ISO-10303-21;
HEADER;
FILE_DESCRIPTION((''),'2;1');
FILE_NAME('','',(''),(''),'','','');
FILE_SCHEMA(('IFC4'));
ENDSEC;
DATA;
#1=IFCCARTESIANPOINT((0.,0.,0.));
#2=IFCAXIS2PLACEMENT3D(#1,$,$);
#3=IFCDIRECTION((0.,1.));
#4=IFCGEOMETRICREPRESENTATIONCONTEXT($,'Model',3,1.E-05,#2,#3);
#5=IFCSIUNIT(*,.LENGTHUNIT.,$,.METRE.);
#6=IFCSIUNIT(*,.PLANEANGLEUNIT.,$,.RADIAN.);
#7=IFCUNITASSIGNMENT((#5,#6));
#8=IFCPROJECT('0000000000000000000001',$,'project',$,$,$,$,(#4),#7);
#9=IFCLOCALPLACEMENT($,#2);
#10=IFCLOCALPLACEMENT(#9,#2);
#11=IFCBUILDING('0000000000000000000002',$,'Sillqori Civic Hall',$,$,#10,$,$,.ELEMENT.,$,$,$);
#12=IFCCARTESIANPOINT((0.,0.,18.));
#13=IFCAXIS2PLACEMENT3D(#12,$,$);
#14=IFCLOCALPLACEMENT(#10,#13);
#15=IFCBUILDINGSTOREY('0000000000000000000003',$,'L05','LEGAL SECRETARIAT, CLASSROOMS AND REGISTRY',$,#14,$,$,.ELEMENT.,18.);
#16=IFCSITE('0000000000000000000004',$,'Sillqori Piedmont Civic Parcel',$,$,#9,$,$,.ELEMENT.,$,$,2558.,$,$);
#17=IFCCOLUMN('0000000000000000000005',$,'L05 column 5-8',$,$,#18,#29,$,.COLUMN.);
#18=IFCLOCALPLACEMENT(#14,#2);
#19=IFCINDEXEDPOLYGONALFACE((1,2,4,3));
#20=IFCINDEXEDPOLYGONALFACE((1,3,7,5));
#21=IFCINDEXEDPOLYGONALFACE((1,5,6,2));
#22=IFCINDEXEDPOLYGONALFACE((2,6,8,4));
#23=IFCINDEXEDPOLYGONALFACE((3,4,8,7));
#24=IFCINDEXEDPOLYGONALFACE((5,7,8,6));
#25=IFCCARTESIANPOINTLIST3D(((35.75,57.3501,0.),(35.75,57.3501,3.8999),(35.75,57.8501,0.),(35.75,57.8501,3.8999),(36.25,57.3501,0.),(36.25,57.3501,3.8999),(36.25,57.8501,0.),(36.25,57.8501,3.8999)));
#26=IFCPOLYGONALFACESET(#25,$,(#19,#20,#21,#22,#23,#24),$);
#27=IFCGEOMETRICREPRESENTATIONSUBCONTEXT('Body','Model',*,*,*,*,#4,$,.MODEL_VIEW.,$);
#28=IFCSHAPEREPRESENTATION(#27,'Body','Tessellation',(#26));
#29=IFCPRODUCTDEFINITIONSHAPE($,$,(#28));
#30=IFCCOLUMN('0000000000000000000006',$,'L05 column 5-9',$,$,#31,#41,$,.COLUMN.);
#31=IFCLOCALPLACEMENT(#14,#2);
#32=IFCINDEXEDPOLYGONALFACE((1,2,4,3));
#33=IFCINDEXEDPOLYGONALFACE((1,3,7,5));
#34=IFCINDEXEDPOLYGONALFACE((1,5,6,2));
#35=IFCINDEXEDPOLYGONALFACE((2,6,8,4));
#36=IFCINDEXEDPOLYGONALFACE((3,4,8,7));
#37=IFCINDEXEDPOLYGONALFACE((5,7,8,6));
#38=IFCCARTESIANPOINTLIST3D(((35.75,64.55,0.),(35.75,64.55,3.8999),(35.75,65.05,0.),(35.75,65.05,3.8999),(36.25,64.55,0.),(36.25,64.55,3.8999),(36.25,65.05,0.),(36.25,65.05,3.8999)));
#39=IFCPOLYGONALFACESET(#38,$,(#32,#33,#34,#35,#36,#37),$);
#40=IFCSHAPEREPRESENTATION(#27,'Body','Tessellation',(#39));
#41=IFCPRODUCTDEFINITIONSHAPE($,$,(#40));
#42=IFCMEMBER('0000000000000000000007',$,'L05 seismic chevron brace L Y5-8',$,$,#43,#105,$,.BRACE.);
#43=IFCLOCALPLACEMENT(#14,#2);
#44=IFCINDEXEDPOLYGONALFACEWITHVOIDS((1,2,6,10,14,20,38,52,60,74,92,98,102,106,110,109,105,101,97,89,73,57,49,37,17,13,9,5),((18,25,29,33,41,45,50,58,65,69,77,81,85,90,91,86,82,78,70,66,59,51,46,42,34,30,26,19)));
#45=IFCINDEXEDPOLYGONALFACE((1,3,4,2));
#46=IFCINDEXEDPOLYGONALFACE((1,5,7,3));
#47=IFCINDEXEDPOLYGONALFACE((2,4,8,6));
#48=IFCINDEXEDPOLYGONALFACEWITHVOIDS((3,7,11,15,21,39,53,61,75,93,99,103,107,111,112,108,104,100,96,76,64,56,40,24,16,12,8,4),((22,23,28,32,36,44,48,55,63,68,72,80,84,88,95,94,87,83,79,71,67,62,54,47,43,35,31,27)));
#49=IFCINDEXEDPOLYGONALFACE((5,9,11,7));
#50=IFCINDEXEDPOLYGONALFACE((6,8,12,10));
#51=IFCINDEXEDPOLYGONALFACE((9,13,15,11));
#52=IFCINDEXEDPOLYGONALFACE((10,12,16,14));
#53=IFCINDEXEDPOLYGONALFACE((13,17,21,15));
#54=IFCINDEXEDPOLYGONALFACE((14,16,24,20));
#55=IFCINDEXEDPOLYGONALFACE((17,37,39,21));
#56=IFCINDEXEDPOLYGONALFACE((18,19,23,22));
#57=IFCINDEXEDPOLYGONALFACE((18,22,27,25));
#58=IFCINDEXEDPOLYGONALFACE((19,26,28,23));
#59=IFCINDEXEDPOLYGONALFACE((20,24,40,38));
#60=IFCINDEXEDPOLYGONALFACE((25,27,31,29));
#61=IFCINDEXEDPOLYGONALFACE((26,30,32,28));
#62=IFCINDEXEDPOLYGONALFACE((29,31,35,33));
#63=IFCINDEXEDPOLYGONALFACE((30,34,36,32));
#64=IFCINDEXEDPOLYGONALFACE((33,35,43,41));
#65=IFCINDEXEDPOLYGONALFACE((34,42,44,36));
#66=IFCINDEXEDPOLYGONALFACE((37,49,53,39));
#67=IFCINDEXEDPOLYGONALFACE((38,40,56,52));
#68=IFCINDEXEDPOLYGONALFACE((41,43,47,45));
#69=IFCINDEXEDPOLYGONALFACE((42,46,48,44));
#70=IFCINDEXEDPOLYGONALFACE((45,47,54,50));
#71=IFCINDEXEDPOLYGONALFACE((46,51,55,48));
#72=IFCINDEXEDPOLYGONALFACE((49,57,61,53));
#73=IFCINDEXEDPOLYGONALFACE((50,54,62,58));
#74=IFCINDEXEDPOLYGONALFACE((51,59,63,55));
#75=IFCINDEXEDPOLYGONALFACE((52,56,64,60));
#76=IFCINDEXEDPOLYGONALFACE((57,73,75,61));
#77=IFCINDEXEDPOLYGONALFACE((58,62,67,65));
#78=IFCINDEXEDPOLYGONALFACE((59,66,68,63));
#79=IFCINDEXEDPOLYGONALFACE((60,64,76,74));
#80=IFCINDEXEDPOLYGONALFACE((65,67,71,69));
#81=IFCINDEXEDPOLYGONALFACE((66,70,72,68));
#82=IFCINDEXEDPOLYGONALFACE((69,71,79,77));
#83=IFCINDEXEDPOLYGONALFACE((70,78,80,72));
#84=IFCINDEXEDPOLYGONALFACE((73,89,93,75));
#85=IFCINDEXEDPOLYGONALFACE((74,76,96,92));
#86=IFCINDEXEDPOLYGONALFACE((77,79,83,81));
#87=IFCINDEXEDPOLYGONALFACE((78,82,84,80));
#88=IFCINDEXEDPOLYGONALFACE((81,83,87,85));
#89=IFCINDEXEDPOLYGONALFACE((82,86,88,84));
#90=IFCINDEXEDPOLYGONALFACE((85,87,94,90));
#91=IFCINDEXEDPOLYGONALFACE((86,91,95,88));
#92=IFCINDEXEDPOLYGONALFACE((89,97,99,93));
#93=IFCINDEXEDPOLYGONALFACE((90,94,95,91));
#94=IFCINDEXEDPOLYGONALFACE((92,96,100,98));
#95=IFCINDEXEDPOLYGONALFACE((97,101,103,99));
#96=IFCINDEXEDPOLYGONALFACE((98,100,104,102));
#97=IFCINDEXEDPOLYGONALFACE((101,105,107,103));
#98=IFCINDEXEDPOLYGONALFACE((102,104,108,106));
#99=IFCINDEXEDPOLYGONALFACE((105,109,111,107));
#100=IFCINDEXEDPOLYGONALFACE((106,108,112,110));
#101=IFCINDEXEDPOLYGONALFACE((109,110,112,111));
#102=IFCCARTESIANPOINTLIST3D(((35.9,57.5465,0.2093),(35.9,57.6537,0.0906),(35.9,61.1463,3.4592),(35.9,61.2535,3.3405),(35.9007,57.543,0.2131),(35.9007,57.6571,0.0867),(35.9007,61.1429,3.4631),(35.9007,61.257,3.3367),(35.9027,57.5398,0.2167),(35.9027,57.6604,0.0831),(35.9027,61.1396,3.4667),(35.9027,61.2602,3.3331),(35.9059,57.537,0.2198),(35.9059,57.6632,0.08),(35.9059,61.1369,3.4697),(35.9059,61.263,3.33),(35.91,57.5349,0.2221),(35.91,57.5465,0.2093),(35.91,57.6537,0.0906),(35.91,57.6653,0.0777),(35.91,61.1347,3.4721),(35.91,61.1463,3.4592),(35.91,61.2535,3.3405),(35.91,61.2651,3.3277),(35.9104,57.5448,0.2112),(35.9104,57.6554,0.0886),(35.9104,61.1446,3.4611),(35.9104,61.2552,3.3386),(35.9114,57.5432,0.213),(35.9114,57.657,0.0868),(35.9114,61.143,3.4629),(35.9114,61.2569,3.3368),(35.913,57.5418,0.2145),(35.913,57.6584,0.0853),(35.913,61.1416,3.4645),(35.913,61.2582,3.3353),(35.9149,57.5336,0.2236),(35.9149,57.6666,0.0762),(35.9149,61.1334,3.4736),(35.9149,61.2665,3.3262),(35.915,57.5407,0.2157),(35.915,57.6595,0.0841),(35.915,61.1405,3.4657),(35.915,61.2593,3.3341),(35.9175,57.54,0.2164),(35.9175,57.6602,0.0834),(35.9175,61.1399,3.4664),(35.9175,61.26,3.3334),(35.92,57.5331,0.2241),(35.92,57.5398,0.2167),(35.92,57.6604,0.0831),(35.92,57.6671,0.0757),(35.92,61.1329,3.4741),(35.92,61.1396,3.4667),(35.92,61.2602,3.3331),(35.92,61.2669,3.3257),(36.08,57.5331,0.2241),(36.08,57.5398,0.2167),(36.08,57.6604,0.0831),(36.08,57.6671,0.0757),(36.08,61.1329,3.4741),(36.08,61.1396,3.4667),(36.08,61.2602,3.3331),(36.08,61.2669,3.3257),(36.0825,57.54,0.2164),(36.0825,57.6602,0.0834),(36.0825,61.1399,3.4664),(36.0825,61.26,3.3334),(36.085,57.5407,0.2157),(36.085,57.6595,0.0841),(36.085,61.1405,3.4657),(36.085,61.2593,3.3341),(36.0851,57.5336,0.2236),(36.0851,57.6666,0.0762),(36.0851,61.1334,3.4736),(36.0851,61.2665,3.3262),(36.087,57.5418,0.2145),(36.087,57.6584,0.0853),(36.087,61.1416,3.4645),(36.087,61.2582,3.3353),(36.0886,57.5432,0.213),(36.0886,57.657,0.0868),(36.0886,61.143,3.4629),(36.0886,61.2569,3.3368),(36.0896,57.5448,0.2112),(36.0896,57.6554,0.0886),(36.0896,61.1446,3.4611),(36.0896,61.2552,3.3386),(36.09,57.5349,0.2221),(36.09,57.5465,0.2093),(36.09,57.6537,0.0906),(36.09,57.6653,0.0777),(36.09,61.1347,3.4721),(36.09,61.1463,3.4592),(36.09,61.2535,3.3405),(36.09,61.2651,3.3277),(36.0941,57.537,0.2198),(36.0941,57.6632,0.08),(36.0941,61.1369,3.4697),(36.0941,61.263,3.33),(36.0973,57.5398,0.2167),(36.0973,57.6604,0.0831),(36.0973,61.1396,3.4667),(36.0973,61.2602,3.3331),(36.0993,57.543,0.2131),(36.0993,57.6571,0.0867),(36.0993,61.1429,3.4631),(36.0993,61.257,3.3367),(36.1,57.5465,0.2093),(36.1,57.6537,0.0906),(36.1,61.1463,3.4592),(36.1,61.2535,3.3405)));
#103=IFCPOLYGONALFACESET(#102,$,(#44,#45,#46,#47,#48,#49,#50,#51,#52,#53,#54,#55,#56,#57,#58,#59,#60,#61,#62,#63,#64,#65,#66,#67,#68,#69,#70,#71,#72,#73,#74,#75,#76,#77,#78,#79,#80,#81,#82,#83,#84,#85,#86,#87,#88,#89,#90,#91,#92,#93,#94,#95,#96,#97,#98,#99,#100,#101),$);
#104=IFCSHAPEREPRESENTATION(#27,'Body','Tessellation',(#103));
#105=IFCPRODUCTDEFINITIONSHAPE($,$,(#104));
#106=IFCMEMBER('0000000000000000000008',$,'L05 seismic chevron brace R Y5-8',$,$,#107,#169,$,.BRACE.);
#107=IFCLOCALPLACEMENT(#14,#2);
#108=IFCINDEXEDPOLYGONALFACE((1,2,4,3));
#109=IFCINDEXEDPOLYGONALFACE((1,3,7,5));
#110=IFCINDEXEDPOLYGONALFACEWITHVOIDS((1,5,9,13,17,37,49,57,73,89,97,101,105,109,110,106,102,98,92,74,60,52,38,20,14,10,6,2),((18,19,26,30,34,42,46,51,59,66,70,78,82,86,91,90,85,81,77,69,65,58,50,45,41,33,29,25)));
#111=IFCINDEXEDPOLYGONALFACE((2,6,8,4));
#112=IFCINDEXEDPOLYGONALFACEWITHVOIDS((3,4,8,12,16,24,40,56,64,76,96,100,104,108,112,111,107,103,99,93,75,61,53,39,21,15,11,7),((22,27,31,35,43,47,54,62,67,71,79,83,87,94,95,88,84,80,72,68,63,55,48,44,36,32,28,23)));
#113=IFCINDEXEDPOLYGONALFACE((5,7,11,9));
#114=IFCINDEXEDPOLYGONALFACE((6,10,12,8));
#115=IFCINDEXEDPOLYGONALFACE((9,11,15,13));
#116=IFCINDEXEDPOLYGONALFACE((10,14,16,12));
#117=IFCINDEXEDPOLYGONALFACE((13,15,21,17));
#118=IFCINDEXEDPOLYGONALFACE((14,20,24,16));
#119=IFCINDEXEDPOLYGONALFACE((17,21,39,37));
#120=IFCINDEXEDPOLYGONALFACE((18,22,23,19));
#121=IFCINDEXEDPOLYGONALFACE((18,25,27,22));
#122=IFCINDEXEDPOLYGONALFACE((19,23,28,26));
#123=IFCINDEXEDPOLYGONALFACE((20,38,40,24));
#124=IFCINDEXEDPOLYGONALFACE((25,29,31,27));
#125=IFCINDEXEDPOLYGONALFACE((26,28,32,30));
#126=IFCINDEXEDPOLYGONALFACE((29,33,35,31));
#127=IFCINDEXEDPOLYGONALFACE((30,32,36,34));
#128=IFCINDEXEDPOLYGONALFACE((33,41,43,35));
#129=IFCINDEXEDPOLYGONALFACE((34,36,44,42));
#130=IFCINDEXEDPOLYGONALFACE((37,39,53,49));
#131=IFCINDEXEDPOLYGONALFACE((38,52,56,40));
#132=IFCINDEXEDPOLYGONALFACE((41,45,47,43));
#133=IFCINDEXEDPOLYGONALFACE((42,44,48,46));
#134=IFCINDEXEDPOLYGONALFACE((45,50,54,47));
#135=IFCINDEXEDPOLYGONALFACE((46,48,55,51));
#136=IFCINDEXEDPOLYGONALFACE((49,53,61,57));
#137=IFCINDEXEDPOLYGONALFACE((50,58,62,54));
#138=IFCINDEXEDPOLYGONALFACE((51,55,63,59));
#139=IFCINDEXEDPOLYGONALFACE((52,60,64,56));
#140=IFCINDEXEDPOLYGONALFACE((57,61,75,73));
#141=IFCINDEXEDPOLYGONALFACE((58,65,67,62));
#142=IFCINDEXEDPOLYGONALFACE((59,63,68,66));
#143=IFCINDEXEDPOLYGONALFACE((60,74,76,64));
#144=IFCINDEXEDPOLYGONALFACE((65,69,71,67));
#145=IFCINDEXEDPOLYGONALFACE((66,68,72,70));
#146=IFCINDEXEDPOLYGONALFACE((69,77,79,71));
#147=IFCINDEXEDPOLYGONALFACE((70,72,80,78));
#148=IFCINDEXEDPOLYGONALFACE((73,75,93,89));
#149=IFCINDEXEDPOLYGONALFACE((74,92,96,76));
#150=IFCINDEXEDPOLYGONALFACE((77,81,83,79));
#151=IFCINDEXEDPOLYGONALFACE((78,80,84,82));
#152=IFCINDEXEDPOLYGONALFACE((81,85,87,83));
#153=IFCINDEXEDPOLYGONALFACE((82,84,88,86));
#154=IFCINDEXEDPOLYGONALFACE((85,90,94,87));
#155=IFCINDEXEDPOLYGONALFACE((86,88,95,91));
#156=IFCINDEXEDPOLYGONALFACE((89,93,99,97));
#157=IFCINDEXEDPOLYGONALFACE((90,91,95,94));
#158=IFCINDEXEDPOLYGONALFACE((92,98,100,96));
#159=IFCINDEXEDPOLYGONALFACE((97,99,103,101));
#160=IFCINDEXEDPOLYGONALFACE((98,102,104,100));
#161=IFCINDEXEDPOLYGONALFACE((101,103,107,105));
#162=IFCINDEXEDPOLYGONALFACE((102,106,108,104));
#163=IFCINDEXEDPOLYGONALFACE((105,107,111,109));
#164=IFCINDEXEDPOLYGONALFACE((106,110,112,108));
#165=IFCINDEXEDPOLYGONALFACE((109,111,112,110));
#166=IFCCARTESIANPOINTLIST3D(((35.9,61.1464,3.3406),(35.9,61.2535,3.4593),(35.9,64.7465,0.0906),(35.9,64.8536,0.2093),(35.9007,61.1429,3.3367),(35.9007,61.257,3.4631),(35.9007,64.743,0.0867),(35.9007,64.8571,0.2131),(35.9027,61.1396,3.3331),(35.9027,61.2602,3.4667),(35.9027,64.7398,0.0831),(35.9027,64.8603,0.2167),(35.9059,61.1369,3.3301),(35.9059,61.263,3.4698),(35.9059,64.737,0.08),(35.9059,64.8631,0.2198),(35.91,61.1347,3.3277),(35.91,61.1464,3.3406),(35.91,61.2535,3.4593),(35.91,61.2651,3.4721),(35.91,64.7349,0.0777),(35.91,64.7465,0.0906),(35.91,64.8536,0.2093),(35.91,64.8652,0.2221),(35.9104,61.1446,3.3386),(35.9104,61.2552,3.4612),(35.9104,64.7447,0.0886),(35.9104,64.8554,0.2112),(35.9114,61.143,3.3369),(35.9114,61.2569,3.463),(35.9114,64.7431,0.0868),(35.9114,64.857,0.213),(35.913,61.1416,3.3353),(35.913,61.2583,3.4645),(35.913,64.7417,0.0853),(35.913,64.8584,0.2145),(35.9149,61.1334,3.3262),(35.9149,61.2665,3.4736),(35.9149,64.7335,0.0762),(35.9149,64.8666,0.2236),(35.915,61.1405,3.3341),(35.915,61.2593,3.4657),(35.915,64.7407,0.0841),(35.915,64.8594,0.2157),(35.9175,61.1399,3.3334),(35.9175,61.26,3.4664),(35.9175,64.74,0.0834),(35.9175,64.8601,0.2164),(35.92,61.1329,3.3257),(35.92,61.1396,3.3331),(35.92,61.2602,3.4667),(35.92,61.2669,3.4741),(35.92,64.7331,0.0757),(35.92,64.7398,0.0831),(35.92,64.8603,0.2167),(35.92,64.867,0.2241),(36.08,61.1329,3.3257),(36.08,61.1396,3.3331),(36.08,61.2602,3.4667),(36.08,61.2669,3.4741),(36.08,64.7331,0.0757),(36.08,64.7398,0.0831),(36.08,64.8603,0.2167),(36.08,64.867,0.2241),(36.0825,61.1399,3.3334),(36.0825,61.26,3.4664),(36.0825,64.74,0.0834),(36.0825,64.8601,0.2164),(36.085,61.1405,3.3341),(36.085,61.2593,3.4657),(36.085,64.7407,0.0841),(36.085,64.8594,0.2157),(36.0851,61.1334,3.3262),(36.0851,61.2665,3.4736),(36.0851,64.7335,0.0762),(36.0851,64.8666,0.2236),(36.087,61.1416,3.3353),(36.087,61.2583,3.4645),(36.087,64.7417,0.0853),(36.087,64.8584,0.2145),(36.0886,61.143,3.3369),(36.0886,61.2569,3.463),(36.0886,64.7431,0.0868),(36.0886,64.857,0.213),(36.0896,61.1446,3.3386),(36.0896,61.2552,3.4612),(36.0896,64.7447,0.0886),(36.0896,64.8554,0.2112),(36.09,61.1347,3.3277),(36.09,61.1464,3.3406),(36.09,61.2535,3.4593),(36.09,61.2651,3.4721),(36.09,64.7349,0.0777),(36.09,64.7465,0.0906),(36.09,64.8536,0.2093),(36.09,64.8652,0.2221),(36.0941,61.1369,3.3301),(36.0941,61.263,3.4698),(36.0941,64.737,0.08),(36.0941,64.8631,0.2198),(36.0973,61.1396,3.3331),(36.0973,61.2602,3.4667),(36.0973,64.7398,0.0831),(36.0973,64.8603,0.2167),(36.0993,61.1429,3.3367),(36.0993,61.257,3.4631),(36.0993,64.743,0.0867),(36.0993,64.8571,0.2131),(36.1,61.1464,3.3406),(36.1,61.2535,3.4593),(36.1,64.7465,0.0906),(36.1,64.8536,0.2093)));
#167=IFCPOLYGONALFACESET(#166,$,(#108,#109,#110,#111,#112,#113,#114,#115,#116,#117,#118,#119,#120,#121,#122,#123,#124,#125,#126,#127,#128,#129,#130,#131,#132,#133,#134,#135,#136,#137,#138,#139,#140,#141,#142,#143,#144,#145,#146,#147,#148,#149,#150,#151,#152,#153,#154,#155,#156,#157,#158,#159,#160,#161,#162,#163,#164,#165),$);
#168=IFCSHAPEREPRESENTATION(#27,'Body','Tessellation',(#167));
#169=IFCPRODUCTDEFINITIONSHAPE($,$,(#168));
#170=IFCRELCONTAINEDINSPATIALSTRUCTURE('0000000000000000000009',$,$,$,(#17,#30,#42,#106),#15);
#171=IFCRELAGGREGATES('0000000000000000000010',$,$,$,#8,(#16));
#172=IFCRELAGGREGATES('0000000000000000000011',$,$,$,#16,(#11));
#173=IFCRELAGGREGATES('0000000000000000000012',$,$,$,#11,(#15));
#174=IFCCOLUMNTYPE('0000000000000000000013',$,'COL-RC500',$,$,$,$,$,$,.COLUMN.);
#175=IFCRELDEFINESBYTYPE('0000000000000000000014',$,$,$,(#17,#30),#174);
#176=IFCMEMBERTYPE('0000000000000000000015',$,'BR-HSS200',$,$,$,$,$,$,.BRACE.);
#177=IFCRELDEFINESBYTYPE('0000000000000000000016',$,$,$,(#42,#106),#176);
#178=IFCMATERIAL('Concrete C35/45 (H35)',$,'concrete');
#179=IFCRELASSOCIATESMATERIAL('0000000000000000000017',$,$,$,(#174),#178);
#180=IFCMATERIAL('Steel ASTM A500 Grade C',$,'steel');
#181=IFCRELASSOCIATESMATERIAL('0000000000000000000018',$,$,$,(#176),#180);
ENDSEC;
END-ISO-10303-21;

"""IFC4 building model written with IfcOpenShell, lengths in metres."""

from ifc_helpers import new_model, si_unit, direction, frame, origin, origin_2d, place, context, subcontext, project, spatial, rectangle, hollow_rectangle, extrude, material, material_profile, profile_set, type_object, element, save


model = new_model("IFC4")

# Units and contexts
model_context = context("Model", 3, precision=1e-05, world=origin(), true_north=direction((0.0, 1.0)))
body_context = subcontext(model_context, "Body", "Model", "MODEL_VIEW")
ifc_project = project(units=[si_unit("LENGTHUNIT", "METRE"), si_unit("PLANEANGLEUNIT", "RADIAN")], contexts=[model_context])

# Site, building, storey
site_placement = place(None, origin())
site = spatial("IfcSite", under=ifc_project, at=site_placement, Name="Sillqori Piedmont Civic Parcel", CompositionType="ELEMENT", RefElevation=2558.0)
building_placement = place(site_placement, origin())
building = spatial("IfcBuilding", under=site, at=building_placement, Name="Sillqori Civic Hall", CompositionType="ELEMENT")
storey_placement = place(building_placement, frame((0.0, 0.0, 18.0)))
storey = spatial("IfcBuildingStorey", under=building, at=storey_placement, Name="L05", Description="LEGAL SECRETARIAT, CLASSROOMS AND REGISTRY", CompositionType="ELEMENT", Elevation=18.0)

# Columns
ifc_material_1 = material(Name="Concrete C35/45 (H35)", Category="concrete")
ifc_material_profile_1 = material_profile(ifc_material_1, rectangle(XDim=0.5, YDim=0.5, at=origin_2d()), Name="RC 500x500")
ifc_profile_set_1 = profile_set([ifc_material_profile_1], Name="Concrete C35/45 (H35)")
column_type = type_object("IfcColumnType", Name="COL-RC500", PredefinedType="COLUMN", material=ifc_profile_set_1)
for number, where, z_axis, x_axis, name in (
    (1, (36.0, 57.6001, 0.0), (0.0, 0.0, 1.0), (1.0, 0.0, 0.0), "L05 column 5-8"),
    (2, (36.0, 64.8, 0.0), (0.0, 0.0, 1.0), (1.0, 0.0, 0.0), "L05 column 5-9"),
):
    element("IfcColumn", number, at=place(storey_placement, frame(where, z_axis=z_axis, x_axis=x_axis)), inside=storey, type_object=column_type, Name=name, PredefinedType="COLUMN", context=body_context, shape_type="SweptSolid", body=[
        extrude(rectangle(XDim=0.5, YDim=0.5, at=origin_2d()), origin(), (0.0, 0.0, 1.0), 3.8999),
    ])

# Members
ifc_material_2 = material(Name="Steel ASTM A500 Grade C", Category="steel")
ifc_material_profile_2 = material_profile(ifc_material_2, hollow_rectangle(XDim=0.2, YDim=0.2, WallThickness=0.01, InnerFilletRadius=0.01, OuterFilletRadius=0.02, at=origin_2d()), Name="HSS200X200X10")
ifc_profile_set_2 = profile_set([ifc_material_profile_2], Name="Steel ASTM A500 Grade C")
member_type = type_object("IfcMemberType", Name="BR-HSS200", PredefinedType="BRACE", material=ifc_profile_set_2)
member_1_placement = place(storey_placement, frame((36.0, 57.6001, 0.1499), z_axis=(0.0, 0.742254, 0.670118), x_axis=(-1.0, 0.0, 0.0)))
element("IfcMember", 3, at=member_1_placement, inside=storey, type_object=member_type, Name="L05 seismic chevron brace L Y5-8", PredefinedType="BRACE", context=body_context, shape_type="SweptSolid", body=[
    extrude(hollow_rectangle(XDim=0.2, YDim=0.2, WallThickness=0.01, InnerFilletRadius=0.01, OuterFilletRadius=0.02, at=origin_2d()), origin(), (0.0, 0.0, 1.0), 4.8499),
])
member_2_placement = place(storey_placement, frame((36.0, 64.8, 0.1499), z_axis=(0.0, -0.742277, 0.670093), x_axis=(1.0, 0.0, 0.0)))
element("IfcMember", 4, at=member_2_placement, inside=storey, type_object=member_type, Name="L05 seismic chevron brace R Y5-8", PredefinedType="BRACE", context=body_context, shape_type="SweptSolid", body=[
    extrude(hollow_rectangle(XDim=0.2, YDim=0.2, WallThickness=0.01, InnerFilletRadius=0.01, OuterFilletRadius=0.02, at=origin_2d()), origin(), (0.0, 0.0, 1.0), 4.8501),
])

save(model, "model.ifc")
